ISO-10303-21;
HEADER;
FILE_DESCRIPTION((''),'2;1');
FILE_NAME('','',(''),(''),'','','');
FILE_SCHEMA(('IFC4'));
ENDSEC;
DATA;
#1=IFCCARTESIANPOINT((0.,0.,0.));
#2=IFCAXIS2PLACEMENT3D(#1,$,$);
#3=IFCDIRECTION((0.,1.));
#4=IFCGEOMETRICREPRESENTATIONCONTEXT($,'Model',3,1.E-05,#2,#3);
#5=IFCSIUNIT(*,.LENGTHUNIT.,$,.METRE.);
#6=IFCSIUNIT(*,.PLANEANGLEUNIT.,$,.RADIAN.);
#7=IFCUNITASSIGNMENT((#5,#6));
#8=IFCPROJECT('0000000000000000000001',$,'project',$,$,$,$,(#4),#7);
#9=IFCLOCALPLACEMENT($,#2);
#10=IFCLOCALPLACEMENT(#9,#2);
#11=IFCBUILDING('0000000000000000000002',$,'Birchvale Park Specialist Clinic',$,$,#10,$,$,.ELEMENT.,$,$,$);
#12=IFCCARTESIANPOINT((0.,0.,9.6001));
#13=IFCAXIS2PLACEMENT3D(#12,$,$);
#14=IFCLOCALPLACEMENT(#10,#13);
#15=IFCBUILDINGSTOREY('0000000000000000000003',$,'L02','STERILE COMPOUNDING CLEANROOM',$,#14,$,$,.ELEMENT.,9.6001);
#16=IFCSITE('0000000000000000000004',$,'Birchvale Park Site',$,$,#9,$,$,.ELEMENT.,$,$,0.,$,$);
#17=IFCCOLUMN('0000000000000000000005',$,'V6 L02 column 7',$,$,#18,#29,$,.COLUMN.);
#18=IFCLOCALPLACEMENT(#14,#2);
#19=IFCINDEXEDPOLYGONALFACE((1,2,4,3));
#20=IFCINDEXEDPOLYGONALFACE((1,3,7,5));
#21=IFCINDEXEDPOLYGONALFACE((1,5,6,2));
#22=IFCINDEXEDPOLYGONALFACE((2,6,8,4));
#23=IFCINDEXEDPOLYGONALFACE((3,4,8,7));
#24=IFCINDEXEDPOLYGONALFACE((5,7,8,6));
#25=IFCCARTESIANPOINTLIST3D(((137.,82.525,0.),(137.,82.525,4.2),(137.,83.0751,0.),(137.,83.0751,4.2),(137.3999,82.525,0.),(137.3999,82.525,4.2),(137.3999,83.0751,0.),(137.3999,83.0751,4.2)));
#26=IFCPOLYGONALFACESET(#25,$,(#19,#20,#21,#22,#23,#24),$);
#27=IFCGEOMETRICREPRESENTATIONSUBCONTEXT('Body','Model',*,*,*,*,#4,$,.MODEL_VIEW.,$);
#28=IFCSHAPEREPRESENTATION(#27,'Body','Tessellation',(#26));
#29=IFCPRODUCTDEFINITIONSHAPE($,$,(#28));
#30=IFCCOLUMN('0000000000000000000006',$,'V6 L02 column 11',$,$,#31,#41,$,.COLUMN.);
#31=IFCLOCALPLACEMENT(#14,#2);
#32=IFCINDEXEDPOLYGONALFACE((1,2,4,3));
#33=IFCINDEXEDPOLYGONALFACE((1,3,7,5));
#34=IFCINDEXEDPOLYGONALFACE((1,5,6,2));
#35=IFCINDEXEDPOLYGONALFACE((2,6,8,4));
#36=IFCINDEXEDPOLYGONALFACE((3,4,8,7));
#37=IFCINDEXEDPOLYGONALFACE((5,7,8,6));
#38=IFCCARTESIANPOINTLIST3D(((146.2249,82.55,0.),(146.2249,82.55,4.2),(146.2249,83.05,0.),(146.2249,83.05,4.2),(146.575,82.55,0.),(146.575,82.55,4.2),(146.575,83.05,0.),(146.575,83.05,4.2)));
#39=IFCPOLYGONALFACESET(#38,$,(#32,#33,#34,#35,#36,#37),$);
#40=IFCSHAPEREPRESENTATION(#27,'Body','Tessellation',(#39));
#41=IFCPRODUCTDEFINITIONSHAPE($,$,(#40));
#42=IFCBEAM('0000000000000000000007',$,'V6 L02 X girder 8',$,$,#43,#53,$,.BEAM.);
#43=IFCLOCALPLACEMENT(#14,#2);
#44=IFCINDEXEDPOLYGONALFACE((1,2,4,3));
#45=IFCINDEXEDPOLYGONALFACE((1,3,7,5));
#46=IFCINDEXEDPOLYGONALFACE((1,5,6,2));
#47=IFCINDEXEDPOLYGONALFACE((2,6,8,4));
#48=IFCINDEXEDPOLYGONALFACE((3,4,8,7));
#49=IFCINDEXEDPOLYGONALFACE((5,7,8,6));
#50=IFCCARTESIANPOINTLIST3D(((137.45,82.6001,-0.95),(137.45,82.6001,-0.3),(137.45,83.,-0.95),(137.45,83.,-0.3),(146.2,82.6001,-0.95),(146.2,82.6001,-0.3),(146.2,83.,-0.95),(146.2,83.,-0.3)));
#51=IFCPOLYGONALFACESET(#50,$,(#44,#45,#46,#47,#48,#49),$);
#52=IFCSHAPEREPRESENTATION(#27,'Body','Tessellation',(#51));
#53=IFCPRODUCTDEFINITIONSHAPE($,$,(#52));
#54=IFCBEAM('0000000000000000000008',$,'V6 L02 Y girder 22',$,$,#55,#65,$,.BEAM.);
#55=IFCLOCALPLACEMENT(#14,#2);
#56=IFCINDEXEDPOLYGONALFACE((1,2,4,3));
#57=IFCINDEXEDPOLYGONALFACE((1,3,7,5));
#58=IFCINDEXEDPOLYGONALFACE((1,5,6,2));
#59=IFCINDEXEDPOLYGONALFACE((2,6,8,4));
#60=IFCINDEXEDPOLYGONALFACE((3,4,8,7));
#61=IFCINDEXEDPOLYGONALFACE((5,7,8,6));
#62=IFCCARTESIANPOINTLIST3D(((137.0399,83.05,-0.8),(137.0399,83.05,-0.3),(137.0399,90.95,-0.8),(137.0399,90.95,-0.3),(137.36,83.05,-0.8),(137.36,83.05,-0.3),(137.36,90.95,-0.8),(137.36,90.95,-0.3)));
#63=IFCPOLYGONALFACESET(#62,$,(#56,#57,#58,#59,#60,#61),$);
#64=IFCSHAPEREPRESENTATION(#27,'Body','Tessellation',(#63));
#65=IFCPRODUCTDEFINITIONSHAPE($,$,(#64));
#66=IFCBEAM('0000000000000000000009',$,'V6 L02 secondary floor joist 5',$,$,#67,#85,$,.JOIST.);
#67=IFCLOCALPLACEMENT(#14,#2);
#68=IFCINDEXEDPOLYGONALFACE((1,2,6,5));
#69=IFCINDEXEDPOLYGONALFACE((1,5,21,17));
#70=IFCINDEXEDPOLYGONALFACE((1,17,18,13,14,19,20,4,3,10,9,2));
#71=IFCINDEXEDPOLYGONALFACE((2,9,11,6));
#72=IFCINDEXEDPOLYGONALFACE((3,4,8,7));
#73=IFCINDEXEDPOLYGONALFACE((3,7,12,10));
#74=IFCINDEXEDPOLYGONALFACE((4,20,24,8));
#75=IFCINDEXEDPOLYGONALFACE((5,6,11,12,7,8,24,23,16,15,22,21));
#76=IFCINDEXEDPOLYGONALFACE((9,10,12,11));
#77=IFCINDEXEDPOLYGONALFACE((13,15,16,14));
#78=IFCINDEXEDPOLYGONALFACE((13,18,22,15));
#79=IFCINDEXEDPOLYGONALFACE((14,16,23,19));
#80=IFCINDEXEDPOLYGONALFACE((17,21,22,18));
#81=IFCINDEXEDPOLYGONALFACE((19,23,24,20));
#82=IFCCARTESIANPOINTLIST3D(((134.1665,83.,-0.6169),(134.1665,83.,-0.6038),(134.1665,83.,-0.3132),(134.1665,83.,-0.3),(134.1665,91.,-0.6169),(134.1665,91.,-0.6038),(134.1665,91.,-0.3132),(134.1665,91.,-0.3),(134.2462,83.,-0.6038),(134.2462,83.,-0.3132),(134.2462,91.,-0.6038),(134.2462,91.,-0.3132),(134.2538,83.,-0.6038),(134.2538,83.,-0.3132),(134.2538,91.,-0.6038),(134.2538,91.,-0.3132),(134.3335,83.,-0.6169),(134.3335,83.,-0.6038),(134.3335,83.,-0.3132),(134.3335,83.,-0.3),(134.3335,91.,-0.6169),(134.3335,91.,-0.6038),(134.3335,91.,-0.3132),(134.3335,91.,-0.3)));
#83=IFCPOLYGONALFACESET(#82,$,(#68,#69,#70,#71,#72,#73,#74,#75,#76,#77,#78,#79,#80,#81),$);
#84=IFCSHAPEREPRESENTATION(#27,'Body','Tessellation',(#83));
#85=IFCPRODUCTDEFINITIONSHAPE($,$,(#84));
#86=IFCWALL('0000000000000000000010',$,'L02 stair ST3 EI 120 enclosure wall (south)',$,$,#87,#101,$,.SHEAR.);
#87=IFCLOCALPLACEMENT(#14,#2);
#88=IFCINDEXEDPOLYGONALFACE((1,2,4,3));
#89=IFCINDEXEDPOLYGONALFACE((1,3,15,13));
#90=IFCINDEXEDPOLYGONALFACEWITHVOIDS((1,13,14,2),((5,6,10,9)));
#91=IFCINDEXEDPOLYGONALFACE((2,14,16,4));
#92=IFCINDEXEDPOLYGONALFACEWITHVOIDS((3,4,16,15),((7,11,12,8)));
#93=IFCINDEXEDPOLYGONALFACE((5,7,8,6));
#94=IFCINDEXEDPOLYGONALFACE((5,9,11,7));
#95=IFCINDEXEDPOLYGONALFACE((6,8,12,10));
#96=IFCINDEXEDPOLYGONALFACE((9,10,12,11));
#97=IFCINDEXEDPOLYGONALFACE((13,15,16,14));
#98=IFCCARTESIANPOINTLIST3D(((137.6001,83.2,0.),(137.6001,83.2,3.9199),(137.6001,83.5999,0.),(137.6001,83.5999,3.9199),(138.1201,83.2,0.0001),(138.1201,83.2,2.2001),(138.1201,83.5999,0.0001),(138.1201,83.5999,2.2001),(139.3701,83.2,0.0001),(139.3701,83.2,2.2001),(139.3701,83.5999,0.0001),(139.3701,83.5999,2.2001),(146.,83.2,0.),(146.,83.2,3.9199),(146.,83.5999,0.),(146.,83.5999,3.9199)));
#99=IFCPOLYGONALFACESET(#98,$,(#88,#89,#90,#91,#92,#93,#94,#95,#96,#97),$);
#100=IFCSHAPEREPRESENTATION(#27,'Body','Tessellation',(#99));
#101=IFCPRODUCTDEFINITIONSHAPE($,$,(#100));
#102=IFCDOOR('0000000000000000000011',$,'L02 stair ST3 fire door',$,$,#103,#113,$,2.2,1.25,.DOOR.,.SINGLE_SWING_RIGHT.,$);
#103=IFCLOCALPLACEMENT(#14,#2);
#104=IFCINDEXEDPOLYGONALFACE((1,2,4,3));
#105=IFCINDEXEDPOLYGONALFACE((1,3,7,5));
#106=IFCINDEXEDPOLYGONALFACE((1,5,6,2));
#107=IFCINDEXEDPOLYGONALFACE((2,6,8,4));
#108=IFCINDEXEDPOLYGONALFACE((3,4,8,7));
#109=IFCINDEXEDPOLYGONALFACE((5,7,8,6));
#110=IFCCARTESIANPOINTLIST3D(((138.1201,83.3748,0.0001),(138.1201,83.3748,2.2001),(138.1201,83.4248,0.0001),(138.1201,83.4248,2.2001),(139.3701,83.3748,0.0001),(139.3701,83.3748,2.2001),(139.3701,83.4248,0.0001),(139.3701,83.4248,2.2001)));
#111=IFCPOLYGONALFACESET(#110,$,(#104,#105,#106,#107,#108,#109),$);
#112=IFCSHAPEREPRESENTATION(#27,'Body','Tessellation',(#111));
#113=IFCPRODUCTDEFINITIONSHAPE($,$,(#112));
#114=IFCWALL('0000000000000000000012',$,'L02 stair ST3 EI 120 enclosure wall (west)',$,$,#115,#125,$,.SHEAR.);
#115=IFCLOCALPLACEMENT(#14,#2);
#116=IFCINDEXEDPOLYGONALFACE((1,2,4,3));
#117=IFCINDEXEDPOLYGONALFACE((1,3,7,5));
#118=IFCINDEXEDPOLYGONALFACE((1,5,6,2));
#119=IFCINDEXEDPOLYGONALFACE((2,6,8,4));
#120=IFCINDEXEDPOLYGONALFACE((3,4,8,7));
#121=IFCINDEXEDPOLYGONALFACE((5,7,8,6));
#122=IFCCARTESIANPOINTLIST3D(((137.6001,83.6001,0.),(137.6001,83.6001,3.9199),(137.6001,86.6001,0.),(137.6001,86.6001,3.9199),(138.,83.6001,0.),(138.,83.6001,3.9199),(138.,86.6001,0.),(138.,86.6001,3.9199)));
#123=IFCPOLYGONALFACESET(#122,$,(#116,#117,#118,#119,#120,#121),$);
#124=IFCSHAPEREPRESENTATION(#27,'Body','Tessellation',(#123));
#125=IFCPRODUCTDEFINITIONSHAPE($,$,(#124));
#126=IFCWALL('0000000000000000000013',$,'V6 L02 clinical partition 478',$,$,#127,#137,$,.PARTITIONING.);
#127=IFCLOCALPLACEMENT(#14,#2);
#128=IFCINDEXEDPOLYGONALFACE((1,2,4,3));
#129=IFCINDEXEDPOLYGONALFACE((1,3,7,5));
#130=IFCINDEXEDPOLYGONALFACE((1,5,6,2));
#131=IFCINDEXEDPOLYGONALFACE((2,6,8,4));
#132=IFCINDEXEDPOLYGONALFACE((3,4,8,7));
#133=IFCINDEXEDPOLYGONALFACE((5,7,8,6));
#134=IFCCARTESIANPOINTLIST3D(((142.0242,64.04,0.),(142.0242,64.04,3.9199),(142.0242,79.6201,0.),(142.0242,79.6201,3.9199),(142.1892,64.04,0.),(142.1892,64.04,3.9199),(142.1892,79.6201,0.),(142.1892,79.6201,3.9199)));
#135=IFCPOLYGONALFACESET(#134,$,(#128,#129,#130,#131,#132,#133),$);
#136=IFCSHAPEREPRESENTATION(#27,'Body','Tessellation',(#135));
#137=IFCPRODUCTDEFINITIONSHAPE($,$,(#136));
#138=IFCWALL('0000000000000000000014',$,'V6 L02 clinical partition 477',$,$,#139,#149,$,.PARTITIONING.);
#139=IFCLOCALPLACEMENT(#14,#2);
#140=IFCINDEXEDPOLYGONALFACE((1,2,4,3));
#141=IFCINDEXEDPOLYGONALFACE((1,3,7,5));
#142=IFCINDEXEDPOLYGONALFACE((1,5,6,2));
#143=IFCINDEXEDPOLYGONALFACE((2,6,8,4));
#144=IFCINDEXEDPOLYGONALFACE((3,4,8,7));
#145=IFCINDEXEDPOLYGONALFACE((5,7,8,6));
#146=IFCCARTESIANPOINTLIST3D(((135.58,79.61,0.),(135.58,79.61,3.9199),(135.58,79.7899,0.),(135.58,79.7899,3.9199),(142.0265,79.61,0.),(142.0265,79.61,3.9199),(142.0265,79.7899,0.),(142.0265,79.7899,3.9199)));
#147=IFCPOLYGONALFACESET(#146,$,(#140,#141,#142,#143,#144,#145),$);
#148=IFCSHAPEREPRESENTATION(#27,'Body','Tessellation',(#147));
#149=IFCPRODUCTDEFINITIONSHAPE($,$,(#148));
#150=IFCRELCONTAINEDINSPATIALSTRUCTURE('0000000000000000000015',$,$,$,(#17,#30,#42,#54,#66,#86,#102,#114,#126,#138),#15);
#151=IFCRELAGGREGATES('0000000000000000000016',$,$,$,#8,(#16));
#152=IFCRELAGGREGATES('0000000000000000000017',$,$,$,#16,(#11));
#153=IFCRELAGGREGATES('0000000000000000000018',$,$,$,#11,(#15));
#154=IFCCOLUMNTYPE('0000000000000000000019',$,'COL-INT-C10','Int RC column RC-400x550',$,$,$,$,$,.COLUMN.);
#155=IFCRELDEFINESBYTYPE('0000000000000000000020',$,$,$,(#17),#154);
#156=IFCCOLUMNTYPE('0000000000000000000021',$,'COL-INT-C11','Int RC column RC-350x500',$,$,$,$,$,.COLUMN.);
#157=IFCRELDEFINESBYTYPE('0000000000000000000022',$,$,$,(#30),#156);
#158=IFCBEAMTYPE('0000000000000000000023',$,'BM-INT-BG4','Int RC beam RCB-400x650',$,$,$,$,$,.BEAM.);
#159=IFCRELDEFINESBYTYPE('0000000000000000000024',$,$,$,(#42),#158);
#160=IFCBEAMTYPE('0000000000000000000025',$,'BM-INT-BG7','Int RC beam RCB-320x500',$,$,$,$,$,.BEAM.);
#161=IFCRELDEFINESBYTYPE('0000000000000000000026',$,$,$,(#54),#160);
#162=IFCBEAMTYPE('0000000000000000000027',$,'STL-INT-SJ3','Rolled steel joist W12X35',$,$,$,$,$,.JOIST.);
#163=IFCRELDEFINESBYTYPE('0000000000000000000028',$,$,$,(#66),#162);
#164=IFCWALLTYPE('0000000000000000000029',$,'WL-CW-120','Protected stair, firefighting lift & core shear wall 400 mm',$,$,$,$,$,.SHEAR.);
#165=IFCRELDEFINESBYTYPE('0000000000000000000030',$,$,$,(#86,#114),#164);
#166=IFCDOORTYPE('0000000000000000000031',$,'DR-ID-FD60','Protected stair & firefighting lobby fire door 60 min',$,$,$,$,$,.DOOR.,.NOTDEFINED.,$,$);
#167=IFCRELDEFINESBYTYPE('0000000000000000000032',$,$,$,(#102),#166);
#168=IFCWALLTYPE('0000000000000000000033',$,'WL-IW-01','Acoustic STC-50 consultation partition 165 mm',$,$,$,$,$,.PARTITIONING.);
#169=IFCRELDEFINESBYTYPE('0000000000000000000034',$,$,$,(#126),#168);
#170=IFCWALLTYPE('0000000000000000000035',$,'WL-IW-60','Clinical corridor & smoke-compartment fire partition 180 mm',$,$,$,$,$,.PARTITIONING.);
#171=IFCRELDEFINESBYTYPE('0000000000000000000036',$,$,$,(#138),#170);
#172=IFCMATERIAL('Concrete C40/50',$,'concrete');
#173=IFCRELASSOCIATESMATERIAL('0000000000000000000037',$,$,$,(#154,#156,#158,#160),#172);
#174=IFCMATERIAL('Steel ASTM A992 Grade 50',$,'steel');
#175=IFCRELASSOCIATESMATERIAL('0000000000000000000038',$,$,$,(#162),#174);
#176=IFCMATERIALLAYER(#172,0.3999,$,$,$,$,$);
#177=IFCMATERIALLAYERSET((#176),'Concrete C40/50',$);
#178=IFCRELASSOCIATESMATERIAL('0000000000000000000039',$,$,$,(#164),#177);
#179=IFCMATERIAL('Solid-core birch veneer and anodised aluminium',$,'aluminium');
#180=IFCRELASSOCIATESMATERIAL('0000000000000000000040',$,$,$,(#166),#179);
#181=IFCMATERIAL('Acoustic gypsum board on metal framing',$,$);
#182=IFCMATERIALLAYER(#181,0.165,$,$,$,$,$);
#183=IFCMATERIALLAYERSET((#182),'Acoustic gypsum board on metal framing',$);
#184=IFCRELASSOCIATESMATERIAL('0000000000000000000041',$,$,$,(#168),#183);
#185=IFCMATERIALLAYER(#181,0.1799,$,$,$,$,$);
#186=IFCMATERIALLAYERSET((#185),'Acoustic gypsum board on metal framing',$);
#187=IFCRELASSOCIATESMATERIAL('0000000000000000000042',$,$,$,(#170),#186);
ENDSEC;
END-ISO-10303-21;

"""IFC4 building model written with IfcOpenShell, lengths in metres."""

from ifc_helpers import new_model, si_unit, direction, frame, frame_2d, origin, origin_2d, place, context, subcontext, project, spatial, rectangle, i_section, extrude, material, layer, layer_set, material_profile, profile_set, type_object, element, fill, save


model = new_model("IFC4")

# Units and contexts
model_context = context("Model", 3, precision=1e-05, world=origin(), true_north=direction((0.0, 1.0)))
body_context = subcontext(model_context, "Body", "Model", "MODEL_VIEW")
ifc_project = project(units=[si_unit("LENGTHUNIT", "METRE"), si_unit("PLANEANGLEUNIT", "RADIAN")], contexts=[model_context])

# Site, building, storey
site_placement = place(None, origin())
site = spatial("IfcSite", under=ifc_project, at=site_placement, Name="Birchvale Park Site", CompositionType="ELEMENT", RefElevation=0.0)
building_placement = place(site_placement, origin())
building = spatial("IfcBuilding", under=site, at=building_placement, Name="Birchvale Park Specialist Clinic", CompositionType="ELEMENT")
storey_placement = place(building_placement, frame((0.0, 0.0, 9.6001)))
storey = spatial("IfcBuildingStorey", under=building, at=storey_placement, Name="L02", Description="STERILE COMPOUNDING CLEANROOM", CompositionType="ELEMENT", Elevation=9.6001)

# Columns
ifc_material_1 = material(Name="Concrete C40/50", Category="concrete")
ifc_material_profile_1 = material_profile(ifc_material_1, rectangle(XDim=0.3999, YDim=0.55, at=origin_2d()), Name="RC-400x550")
ifc_profile_set_1 = profile_set([ifc_material_profile_1], Name="Concrete C40/50")
column_type_1 = type_object("IfcColumnType", Name="COL-INT-C10", Description="Int RC column RC-400x550", PredefinedType="COLUMN", material=ifc_profile_set_1)
column_1_placement = place(storey_placement, frame((137.2, 82.8, 0.0), z_axis=(0.0, 0.0, 1.0), x_axis=(1.0, 0.0, 0.0)))
element("IfcColumn", 1, at=column_1_placement, inside=storey, type_object=column_type_1, Name="V6 L02 column 7", PredefinedType="COLUMN", context=body_context, shape_type="SweptSolid", body=[
    extrude(rectangle(XDim=0.3999, YDim=0.55, at=origin_2d()), origin(), (0.0, 0.0, 1.0), 4.2),
])
ifc_material_profile_2 = material_profile(ifc_material_1, rectangle(XDim=0.3501, YDim=0.5, at=origin_2d()), Name="RC-350x500")
ifc_profile_set_2 = profile_set([ifc_material_profile_2], Name="Concrete C40/50")
column_type_2 = type_object("IfcColumnType", Name="COL-INT-C11", Description="Int RC column RC-350x500", PredefinedType="COLUMN", material=ifc_profile_set_2)
column_2_placement = place(storey_placement, frame((146.3999, 82.8, 0.0), z_axis=(0.0, 0.0, 1.0), x_axis=(1.0, 0.0, 0.0)))
element("IfcColumn", 2, at=column_2_placement, inside=storey, type_object=column_type_2, Name="V6 L02 column 11", PredefinedType="COLUMN", context=body_context, shape_type="SweptSolid", body=[
    extrude(rectangle(XDim=0.3501, YDim=0.5, at=origin_2d()), origin(), (0.0, 0.0, 1.0), 4.2),
])

# Beams
ifc_material_profile_3 = material_profile(ifc_material_1, rectangle(XDim=0.3999, YDim=0.6499, at=origin_2d()), Name="RCB-400x650")
ifc_profile_set_3 = profile_set([ifc_material_profile_3], Name="Concrete C40/50")
beam_type_1 = type_object("IfcBeamType", Name="BM-INT-BG4", Description="Int RC beam RCB-400x650", PredefinedType="BEAM", material=ifc_profile_set_3)
beam_1_placement = place(storey_placement, frame((137.45, 82.8, -0.625), z_axis=(1.0, 0.0, 0.0), x_axis=(0.0, 1.0, 0.0)))
element("IfcBeam", 3, at=beam_1_placement, inside=storey, type_object=beam_type_1, Name="V6 L02 X girder 8", PredefinedType="BEAM", context=body_context, shape_type="SweptSolid", body=[
    extrude(rectangle(XDim=0.3999, YDim=0.6499, at=origin_2d()), origin(), (0.0, 0.0, 1.0), 8.75),
])
ifc_material_profile_4 = material_profile(ifc_material_1, rectangle(XDim=0.3201, YDim=0.5, at=origin_2d()), Name="RCB-320x500")
ifc_profile_set_4 = profile_set([ifc_material_profile_4], Name="Concrete C40/50")
beam_type_2 = type_object("IfcBeamType", Name="BM-INT-BG7", Description="Int RC beam RCB-320x500", PredefinedType="BEAM", material=ifc_profile_set_4)
beam_2_placement = place(storey_placement, frame((137.2, 83.05, -0.55), z_axis=(0.0, 1.0, 0.0), x_axis=(-1.0, 0.0, 0.0)))
element("IfcBeam", 4, at=beam_2_placement, inside=storey, type_object=beam_type_2, Name="V6 L02 Y girder 22", PredefinedType="BEAM", context=body_context, shape_type="SweptSolid", body=[
    extrude(rectangle(XDim=0.3201, YDim=0.5, at=origin_2d()), origin(), (0.0, 0.0, 1.0), 7.8999),
])
ifc_material_2 = material(Name="Steel ASTM A992 Grade 50", Category="steel")
ifc_material_profile_5 = material_profile(ifc_material_2, i_section(OverallWidth=0.167, OverallDepth=0.3169, WebThickness=0.0076, FlangeThickness=0.0132, at=origin_2d()), Name="W12X35")
ifc_profile_set_5 = profile_set([ifc_material_profile_5], Name="Steel ASTM A992 Grade 50")
beam_type_3 = type_object("IfcBeamType", Name="STL-INT-SJ3", Description="Rolled steel joist W12X35", PredefinedType="JOIST", material=ifc_profile_set_5)
beam_3_placement = place(storey_placement, frame((134.25, 83.0, -0.4585), z_axis=(0.0, 1.0, 0.0), x_axis=(-1.0, 0.0, 0.0)))
element("IfcBeam", 5, at=beam_3_placement, inside=storey, type_object=beam_type_3, Name="V6 L02 secondary floor joist 5", PredefinedType="JOIST", context=body_context, shape_type="SweptSolid", body=[
    extrude(i_section(OverallWidth=0.167, OverallDepth=0.3169, WebThickness=0.0076, FlangeThickness=0.0132, at=origin_2d()), origin(), (0.0, 0.0, 1.0), 8.0),
])

# Wall, opening, door
ifc_layer_1 = layer(ifc_material_1, 0.3999)
ifc_layer_set_1 = layer_set([ifc_layer_1], Name="Concrete C40/50")
wall_type_1 = type_object("IfcWallType", Name="WL-CW-120", Description="Protected stair, firefighting lift & core shear wall 400 mm", PredefinedType="SHEAR", material=ifc_layer_set_1)
wall_1_placement = place(storey_placement, frame((137.6001, 83.3999, 0.0), z_axis=(0.0, 0.0, 1.0), x_axis=(1.0, 0.0, 0.0)))
wall_1 = element("IfcWall", 6, at=wall_1_placement, inside=storey, type_object=wall_type_1, Name="L02 stair ST3 EI 120 enclosure wall (south)", PredefinedType="SHEAR", context=body_context, shape_type="SweptSolid", body=[
    extrude(rectangle(XDim=8.3999, YDim=0.3999, at=frame_2d((4.2, 0.0))), origin(), (0.0, 0.0, 1.0), 3.9199),
])
opening_1_placement = place(wall_1_placement, frame((0.52, 0.0, 0.0)))
opening_1 = element("IfcOpeningElement", 7, at=opening_1_placement, cuts=wall_1, PredefinedType="OPENING", context=body_context, shape_type="SweptSolid", body=[
    extrude(rectangle(XDim=1.25, YDim=2.2, at=frame_2d((0.625, 1.1001))), frame((0.0, 0.21, 0.0), z_axis=(0.0, -1.0, 0.0), x_axis=(1.0, 0.0, 0.0)), (0.0, 0.0, 1.0), 0.4199),
])
ifc_material_3 = material(Name="Solid-core birch veneer and anodised aluminium", Category="aluminium")
door_type_1 = type_object("IfcDoorType", Name="DR-ID-FD60", Description="Protected stair & firefighting lobby fire door 60 min", OperationType="NOTDEFINED", PredefinedType="DOOR", material=ifc_material_3)
door_1_placement = place(opening_1_placement, origin())
door_1 = element("IfcDoor", 8, at=door_1_placement, inside=storey, type_object=door_type_1, Name="L02 stair ST3 fire door", OperationType="SINGLE_SWING_RIGHT", OverallHeight=2.2, OverallWidth=1.25, PredefinedType="DOOR", context=body_context, shape_type="SweptSolid", body=[
    extrude(rectangle(XDim=1.25, YDim=2.2, at=frame_2d((0.625, 1.1001))), frame((0.0, 0.0249, 0.0), z_axis=(0.0, -1.0, 0.0), x_axis=(1.0, 0.0, 0.0)), (0.0, 0.0, 1.0), 0.05),
])
fill(opening_1, door_1)

# Walls
wall_2_placement = place(storey_placement, frame((137.8, 83.6001, 0.0), z_axis=(0.0, 0.0, 1.0), x_axis=(0.0, 1.0, 0.0)))
element("IfcWall", 9, at=wall_2_placement, inside=storey, type_object=wall_type_1, Name="L02 stair ST3 EI 120 enclosure wall (west)", PredefinedType="SHEAR", context=body_context, shape_type="SweptSolid", body=[
    extrude(rectangle(XDim=3.0, YDim=0.3999, at=frame_2d((1.5, 0.0))), origin(), (0.0, 0.0, 1.0), 3.9199),
])
ifc_material_4 = material(Name="Acoustic gypsum board on metal framing")
ifc_layer_2 = layer(ifc_material_4, 0.165)
ifc_layer_set_2 = layer_set([ifc_layer_2], Name="Acoustic gypsum board on metal framing")
wall_type_2 = type_object("IfcWallType", Name="WL-IW-01", Description="Acoustic STC-50 consultation partition 165 mm", PredefinedType="PARTITIONING", material=ifc_layer_set_2)
wall_3_placement = place(storey_placement, frame((142.1067, 79.6201, 0.0), z_axis=(0.0, 0.0, 1.0), x_axis=(0.0, -1.0, 0.0)))
element("IfcWall", 10, at=wall_3_placement, inside=storey, type_object=wall_type_2, Name="V6 L02 clinical partition 478", PredefinedType="PARTITIONING", context=body_context, shape_type="SweptSolid", body=[
    extrude(rectangle(XDim=15.5801, YDim=0.165, at=frame_2d((7.79, 0.0))), origin(), (0.0, 0.0, 1.0), 3.9199),
])
ifc_layer_3 = layer(ifc_material_4, 0.1799)
ifc_layer_set_3 = layer_set([ifc_layer_3], Name="Acoustic gypsum board on metal framing")
wall_type_3 = type_object("IfcWallType", Name="WL-IW-60", Description="Clinical corridor & smoke-compartment fire partition 180 mm", PredefinedType="PARTITIONING", material=ifc_layer_set_3)
wall_4_placement = place(storey_placement, frame((135.5801, 79.7, 0.0), z_axis=(0.0, 0.0, 1.0), x_axis=(1.0, 0.0, 0.0)))
element("IfcWall", 11, at=wall_4_placement, inside=storey, type_object=wall_type_3, Name="V6 L02 clinical partition 477", PredefinedType="PARTITIONING", context=body_context, shape_type="SweptSolid", body=[
    extrude(rectangle(XDim=6.4465, YDim=0.1799, at=frame_2d((3.2231, 0.0))), origin(), (0.0, 0.0, 1.0), 3.9199),
])

save(model, "model.ifc")
